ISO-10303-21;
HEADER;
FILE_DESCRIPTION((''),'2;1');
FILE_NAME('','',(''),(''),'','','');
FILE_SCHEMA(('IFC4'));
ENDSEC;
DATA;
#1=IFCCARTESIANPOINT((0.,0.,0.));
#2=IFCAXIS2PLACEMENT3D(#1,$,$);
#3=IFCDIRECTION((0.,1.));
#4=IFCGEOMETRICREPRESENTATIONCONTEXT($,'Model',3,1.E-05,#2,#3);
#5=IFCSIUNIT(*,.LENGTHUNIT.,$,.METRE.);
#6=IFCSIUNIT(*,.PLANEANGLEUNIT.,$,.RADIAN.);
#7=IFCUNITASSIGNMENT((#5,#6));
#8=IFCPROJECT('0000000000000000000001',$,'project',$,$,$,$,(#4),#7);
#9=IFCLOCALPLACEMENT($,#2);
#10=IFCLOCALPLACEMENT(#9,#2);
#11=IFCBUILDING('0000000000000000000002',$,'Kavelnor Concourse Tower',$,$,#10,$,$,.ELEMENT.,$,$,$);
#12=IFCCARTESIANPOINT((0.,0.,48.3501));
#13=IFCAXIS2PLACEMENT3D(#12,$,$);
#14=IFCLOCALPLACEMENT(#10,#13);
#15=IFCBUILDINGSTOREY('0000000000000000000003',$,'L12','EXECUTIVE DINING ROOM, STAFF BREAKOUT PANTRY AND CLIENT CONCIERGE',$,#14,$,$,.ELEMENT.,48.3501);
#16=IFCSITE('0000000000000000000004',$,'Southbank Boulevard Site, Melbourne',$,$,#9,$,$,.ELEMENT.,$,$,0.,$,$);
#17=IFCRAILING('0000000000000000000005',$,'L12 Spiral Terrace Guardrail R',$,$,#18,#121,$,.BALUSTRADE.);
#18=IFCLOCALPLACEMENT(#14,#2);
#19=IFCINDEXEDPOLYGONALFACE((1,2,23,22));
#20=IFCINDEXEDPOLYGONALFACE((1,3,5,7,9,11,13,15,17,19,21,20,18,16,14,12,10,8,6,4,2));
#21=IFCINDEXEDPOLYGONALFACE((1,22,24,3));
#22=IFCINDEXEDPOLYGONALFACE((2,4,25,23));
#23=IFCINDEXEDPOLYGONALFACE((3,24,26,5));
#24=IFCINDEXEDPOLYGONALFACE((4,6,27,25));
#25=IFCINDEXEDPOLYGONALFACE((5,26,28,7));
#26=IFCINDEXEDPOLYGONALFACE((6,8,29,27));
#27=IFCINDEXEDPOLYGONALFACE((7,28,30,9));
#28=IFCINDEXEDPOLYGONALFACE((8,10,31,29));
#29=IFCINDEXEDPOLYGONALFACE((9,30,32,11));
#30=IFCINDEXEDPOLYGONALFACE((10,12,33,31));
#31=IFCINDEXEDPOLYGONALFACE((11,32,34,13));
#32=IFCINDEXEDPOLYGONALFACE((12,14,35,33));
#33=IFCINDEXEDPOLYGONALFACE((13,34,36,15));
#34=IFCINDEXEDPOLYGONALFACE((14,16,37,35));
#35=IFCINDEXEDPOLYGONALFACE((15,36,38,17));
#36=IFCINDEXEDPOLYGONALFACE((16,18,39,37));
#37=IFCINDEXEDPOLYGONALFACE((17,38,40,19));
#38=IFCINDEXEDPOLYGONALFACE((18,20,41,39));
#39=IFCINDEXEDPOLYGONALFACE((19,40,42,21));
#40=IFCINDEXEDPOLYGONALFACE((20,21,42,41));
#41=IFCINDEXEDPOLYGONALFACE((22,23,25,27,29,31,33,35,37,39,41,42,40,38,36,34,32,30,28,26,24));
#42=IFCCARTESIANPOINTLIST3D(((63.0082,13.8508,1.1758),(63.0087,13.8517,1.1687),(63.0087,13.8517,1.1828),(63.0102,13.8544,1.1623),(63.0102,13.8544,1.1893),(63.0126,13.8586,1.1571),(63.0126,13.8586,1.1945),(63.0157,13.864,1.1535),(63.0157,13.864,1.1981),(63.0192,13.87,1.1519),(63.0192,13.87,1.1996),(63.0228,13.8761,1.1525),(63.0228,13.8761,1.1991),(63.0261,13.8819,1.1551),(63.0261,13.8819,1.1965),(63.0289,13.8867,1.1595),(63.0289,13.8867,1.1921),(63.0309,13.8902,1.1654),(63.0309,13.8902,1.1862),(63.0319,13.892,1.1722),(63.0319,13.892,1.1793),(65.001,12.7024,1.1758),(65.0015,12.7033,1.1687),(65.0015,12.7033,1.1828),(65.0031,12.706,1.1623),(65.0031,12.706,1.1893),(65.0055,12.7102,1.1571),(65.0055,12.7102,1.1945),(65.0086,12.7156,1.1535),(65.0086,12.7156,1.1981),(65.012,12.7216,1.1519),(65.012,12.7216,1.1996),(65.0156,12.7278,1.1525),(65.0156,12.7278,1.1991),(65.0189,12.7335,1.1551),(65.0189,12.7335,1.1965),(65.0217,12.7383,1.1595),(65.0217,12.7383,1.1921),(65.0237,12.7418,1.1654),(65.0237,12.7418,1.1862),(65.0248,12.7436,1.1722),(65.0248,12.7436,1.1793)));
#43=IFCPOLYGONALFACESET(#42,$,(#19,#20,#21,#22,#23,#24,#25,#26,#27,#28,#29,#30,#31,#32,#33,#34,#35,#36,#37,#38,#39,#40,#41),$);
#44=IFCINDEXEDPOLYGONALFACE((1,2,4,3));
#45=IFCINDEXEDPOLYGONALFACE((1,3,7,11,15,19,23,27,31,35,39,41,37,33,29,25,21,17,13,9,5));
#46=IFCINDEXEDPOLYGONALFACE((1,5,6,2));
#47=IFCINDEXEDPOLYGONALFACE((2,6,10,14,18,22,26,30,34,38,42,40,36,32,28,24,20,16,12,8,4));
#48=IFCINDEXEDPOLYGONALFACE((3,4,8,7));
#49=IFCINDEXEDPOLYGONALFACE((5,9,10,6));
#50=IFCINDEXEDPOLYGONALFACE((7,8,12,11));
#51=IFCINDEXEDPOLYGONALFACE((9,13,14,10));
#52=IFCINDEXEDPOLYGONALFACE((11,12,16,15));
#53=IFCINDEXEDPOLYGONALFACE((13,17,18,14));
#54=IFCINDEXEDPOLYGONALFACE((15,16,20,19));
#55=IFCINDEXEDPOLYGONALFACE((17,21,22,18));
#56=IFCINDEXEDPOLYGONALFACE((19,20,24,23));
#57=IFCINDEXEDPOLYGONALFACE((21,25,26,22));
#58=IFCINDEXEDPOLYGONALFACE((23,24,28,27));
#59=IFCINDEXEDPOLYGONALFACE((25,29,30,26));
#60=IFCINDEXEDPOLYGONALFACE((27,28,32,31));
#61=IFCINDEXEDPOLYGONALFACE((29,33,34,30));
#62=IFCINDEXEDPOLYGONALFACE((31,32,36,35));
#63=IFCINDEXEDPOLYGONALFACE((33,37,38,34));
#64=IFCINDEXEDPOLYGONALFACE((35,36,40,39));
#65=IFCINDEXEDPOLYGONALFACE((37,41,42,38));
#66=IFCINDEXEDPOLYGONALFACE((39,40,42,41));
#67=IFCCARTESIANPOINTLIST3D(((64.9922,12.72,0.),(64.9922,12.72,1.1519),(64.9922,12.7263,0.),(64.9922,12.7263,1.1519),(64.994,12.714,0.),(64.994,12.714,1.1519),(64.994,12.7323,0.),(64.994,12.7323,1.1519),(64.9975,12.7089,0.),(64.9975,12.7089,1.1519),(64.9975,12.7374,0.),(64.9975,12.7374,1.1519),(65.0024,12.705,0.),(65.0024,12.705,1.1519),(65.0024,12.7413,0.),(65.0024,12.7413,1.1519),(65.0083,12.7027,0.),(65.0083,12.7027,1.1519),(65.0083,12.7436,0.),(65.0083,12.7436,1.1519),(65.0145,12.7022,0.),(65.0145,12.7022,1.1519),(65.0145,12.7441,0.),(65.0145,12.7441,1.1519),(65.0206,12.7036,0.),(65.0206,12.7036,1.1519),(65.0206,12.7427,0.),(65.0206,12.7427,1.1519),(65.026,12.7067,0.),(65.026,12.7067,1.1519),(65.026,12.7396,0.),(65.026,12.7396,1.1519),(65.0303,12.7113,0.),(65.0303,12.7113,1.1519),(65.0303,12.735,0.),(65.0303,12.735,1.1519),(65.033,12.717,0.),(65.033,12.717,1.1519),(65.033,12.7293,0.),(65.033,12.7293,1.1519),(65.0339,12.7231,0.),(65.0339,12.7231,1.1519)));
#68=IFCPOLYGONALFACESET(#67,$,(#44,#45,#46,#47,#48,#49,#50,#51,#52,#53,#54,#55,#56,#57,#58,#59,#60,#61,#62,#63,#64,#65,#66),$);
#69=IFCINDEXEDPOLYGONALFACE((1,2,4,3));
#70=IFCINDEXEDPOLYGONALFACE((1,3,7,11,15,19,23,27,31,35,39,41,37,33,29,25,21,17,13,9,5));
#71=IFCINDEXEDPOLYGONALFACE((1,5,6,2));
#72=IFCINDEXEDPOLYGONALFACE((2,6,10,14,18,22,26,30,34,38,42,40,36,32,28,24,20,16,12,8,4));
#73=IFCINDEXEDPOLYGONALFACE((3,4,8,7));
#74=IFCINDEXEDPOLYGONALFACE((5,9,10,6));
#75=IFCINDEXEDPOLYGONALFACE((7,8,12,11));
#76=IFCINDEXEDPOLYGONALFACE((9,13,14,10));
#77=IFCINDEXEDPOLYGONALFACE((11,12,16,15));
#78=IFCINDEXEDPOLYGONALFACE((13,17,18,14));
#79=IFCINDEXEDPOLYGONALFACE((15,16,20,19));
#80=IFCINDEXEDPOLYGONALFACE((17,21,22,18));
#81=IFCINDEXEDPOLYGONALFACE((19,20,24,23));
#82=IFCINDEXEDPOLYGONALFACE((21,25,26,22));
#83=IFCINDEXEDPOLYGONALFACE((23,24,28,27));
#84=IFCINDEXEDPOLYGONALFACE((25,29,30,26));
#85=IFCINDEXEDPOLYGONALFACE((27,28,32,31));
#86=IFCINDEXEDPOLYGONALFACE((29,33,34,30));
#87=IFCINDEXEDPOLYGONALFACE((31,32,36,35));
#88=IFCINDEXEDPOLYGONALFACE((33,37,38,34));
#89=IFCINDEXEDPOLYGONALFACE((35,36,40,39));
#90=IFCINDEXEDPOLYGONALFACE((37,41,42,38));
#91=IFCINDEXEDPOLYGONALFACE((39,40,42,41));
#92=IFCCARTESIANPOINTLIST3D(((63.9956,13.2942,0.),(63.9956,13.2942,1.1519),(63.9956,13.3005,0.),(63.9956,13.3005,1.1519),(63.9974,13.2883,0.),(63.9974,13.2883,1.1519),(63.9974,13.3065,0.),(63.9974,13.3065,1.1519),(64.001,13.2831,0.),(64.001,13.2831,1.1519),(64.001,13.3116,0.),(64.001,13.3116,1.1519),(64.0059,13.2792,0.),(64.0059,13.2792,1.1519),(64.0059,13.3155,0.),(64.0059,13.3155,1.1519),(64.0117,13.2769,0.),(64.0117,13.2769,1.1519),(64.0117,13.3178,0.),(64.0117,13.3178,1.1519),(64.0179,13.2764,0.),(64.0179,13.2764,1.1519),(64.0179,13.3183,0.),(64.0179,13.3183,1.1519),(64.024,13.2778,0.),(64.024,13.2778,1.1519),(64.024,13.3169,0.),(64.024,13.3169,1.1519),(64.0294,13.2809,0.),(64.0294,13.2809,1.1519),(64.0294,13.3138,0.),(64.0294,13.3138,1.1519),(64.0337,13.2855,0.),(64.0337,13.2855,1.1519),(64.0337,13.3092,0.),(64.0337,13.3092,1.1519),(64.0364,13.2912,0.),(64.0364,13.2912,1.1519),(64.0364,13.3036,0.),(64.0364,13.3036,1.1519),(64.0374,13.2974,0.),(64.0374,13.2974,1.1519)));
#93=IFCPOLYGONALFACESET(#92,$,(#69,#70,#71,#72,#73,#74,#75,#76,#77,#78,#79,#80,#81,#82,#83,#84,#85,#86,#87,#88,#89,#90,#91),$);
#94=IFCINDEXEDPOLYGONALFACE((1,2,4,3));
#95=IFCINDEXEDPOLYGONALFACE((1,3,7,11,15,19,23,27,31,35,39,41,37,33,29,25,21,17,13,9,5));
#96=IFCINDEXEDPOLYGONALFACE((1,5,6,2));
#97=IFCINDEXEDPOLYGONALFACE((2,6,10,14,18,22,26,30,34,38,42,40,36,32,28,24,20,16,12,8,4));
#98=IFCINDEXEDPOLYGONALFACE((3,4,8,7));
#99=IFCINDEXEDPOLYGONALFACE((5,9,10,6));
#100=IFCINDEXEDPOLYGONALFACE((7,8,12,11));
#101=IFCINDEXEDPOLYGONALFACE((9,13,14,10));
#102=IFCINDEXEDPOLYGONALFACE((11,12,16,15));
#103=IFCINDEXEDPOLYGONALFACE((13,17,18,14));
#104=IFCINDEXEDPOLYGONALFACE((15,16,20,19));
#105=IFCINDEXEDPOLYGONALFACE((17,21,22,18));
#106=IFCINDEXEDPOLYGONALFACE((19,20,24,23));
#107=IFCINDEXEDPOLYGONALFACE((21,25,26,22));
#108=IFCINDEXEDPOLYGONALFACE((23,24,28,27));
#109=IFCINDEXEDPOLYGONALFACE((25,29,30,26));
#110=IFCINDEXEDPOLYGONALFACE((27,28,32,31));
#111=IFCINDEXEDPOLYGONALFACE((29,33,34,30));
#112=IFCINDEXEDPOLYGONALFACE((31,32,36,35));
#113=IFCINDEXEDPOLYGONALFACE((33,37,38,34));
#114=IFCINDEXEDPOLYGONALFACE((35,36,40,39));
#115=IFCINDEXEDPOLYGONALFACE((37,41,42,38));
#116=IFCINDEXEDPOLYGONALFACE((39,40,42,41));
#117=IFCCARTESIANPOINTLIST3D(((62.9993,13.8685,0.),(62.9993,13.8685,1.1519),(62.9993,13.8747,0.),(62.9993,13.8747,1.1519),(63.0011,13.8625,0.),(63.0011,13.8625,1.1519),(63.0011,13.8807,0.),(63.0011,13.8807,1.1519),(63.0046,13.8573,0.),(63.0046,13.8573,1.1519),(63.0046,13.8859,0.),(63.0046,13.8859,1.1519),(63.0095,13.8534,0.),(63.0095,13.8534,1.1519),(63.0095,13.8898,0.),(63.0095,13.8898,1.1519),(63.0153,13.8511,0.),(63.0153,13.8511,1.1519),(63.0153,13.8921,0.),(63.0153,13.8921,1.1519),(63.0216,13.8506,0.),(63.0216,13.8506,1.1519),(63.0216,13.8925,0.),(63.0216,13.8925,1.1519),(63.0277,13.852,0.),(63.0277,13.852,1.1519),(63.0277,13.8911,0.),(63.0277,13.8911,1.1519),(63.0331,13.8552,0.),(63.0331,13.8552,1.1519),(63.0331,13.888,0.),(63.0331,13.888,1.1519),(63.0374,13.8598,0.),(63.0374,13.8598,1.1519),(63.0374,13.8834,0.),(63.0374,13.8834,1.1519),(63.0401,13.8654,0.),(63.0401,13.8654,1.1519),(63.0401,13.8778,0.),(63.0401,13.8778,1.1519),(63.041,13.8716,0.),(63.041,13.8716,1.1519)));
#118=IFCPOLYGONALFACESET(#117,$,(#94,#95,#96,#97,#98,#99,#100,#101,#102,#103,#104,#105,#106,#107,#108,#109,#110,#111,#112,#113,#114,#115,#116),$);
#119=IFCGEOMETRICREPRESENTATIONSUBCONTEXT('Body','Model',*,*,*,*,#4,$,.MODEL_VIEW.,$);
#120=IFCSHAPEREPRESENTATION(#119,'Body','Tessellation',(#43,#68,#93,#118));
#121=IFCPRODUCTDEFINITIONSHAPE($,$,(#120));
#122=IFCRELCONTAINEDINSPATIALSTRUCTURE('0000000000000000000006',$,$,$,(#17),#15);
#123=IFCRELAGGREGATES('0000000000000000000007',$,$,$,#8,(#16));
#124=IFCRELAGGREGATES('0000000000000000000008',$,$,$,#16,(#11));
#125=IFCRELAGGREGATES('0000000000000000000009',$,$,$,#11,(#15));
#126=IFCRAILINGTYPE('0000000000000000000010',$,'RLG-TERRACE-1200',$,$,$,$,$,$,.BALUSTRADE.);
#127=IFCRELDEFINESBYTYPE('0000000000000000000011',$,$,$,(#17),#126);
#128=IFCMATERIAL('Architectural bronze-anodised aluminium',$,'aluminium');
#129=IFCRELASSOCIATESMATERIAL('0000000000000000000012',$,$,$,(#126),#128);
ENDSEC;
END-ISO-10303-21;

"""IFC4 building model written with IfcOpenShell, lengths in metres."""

from ifc_helpers import new_model, si_unit, direction, frame, origin, origin_2d, place, context, subcontext, project, spatial, circle, extrude, material, type_object, element, save


model = new_model("IFC4")

# Units and contexts
model_context = context("Model", 3, precision=1e-05, world=origin(), true_north=direction((0.0, 1.0)))
body_context = subcontext(model_context, "Body", "Model", "MODEL_VIEW")
ifc_project = project(units=[si_unit("LENGTHUNIT", "METRE"), si_unit("PLANEANGLEUNIT", "RADIAN")], contexts=[model_context])

# Site, building, storey
site_placement = place(None, origin())
site = spatial("IfcSite", under=ifc_project, at=site_placement, Name="Southbank Boulevard Site, Melbourne", CompositionType="ELEMENT", RefElevation=0.0)
building_placement = place(site_placement, origin())
building = spatial("IfcBuilding", under=site, at=building_placement, Name="Kavelnor Concourse Tower", CompositionType="ELEMENT")
storey_placement = place(building_placement, frame((0.0, 0.0, 48.3501)))
storey = spatial("IfcBuildingStorey", under=building, at=storey_placement, Name="L12", Description="EXECUTIVE DINING ROOM, STAFF BREAKOUT PANTRY AND CLIENT CONCIERGE", CompositionType="ELEMENT", Elevation=48.3501)

# Railing
ifc_material_1 = material(Name="Architectural bronze-anodised aluminium", Category="aluminium")
railing_type = type_object("IfcRailingType", Name="RLG-TERRACE-1200", PredefinedType="BALUSTRADE", material=ifc_material_1)
railing_1_placement = place(storey_placement, frame((65.0129, 12.7231, 0.0)))
element("IfcRailing", 1, at=railing_1_placement, inside=storey, type_object=railing_type, Name="L12 Spiral Terrace Guardrail R", PredefinedType="BALUSTRADE", context=body_context, shape_type="SweptSolid", body=[
    extrude(circle(Radius=0.0239, at=origin_2d()), frame((0.0, 0.0, 1.1758), z_axis=(-0.866435, 0.499291, 0.0), x_axis=(-0.499291, -0.866435, 0.0)), (0.0, 0.0, 1.0), 2.3),
    extrude(circle(Radius=0.021, at=origin_2d()), origin(), (0.0, 0.0, 1.0), 1.1519),
    extrude(circle(Radius=0.021, at=origin_2d()), frame((-0.9966, 0.5742, 0.0)), (0.0, 0.0, 1.0), 1.1519),
    extrude(circle(Radius=0.021, at=origin_2d()), frame((-1.9929, 1.1484, 0.0)), (0.0, 0.0, 1.0), 1.1519),
])

save(model, "model.ifc")
